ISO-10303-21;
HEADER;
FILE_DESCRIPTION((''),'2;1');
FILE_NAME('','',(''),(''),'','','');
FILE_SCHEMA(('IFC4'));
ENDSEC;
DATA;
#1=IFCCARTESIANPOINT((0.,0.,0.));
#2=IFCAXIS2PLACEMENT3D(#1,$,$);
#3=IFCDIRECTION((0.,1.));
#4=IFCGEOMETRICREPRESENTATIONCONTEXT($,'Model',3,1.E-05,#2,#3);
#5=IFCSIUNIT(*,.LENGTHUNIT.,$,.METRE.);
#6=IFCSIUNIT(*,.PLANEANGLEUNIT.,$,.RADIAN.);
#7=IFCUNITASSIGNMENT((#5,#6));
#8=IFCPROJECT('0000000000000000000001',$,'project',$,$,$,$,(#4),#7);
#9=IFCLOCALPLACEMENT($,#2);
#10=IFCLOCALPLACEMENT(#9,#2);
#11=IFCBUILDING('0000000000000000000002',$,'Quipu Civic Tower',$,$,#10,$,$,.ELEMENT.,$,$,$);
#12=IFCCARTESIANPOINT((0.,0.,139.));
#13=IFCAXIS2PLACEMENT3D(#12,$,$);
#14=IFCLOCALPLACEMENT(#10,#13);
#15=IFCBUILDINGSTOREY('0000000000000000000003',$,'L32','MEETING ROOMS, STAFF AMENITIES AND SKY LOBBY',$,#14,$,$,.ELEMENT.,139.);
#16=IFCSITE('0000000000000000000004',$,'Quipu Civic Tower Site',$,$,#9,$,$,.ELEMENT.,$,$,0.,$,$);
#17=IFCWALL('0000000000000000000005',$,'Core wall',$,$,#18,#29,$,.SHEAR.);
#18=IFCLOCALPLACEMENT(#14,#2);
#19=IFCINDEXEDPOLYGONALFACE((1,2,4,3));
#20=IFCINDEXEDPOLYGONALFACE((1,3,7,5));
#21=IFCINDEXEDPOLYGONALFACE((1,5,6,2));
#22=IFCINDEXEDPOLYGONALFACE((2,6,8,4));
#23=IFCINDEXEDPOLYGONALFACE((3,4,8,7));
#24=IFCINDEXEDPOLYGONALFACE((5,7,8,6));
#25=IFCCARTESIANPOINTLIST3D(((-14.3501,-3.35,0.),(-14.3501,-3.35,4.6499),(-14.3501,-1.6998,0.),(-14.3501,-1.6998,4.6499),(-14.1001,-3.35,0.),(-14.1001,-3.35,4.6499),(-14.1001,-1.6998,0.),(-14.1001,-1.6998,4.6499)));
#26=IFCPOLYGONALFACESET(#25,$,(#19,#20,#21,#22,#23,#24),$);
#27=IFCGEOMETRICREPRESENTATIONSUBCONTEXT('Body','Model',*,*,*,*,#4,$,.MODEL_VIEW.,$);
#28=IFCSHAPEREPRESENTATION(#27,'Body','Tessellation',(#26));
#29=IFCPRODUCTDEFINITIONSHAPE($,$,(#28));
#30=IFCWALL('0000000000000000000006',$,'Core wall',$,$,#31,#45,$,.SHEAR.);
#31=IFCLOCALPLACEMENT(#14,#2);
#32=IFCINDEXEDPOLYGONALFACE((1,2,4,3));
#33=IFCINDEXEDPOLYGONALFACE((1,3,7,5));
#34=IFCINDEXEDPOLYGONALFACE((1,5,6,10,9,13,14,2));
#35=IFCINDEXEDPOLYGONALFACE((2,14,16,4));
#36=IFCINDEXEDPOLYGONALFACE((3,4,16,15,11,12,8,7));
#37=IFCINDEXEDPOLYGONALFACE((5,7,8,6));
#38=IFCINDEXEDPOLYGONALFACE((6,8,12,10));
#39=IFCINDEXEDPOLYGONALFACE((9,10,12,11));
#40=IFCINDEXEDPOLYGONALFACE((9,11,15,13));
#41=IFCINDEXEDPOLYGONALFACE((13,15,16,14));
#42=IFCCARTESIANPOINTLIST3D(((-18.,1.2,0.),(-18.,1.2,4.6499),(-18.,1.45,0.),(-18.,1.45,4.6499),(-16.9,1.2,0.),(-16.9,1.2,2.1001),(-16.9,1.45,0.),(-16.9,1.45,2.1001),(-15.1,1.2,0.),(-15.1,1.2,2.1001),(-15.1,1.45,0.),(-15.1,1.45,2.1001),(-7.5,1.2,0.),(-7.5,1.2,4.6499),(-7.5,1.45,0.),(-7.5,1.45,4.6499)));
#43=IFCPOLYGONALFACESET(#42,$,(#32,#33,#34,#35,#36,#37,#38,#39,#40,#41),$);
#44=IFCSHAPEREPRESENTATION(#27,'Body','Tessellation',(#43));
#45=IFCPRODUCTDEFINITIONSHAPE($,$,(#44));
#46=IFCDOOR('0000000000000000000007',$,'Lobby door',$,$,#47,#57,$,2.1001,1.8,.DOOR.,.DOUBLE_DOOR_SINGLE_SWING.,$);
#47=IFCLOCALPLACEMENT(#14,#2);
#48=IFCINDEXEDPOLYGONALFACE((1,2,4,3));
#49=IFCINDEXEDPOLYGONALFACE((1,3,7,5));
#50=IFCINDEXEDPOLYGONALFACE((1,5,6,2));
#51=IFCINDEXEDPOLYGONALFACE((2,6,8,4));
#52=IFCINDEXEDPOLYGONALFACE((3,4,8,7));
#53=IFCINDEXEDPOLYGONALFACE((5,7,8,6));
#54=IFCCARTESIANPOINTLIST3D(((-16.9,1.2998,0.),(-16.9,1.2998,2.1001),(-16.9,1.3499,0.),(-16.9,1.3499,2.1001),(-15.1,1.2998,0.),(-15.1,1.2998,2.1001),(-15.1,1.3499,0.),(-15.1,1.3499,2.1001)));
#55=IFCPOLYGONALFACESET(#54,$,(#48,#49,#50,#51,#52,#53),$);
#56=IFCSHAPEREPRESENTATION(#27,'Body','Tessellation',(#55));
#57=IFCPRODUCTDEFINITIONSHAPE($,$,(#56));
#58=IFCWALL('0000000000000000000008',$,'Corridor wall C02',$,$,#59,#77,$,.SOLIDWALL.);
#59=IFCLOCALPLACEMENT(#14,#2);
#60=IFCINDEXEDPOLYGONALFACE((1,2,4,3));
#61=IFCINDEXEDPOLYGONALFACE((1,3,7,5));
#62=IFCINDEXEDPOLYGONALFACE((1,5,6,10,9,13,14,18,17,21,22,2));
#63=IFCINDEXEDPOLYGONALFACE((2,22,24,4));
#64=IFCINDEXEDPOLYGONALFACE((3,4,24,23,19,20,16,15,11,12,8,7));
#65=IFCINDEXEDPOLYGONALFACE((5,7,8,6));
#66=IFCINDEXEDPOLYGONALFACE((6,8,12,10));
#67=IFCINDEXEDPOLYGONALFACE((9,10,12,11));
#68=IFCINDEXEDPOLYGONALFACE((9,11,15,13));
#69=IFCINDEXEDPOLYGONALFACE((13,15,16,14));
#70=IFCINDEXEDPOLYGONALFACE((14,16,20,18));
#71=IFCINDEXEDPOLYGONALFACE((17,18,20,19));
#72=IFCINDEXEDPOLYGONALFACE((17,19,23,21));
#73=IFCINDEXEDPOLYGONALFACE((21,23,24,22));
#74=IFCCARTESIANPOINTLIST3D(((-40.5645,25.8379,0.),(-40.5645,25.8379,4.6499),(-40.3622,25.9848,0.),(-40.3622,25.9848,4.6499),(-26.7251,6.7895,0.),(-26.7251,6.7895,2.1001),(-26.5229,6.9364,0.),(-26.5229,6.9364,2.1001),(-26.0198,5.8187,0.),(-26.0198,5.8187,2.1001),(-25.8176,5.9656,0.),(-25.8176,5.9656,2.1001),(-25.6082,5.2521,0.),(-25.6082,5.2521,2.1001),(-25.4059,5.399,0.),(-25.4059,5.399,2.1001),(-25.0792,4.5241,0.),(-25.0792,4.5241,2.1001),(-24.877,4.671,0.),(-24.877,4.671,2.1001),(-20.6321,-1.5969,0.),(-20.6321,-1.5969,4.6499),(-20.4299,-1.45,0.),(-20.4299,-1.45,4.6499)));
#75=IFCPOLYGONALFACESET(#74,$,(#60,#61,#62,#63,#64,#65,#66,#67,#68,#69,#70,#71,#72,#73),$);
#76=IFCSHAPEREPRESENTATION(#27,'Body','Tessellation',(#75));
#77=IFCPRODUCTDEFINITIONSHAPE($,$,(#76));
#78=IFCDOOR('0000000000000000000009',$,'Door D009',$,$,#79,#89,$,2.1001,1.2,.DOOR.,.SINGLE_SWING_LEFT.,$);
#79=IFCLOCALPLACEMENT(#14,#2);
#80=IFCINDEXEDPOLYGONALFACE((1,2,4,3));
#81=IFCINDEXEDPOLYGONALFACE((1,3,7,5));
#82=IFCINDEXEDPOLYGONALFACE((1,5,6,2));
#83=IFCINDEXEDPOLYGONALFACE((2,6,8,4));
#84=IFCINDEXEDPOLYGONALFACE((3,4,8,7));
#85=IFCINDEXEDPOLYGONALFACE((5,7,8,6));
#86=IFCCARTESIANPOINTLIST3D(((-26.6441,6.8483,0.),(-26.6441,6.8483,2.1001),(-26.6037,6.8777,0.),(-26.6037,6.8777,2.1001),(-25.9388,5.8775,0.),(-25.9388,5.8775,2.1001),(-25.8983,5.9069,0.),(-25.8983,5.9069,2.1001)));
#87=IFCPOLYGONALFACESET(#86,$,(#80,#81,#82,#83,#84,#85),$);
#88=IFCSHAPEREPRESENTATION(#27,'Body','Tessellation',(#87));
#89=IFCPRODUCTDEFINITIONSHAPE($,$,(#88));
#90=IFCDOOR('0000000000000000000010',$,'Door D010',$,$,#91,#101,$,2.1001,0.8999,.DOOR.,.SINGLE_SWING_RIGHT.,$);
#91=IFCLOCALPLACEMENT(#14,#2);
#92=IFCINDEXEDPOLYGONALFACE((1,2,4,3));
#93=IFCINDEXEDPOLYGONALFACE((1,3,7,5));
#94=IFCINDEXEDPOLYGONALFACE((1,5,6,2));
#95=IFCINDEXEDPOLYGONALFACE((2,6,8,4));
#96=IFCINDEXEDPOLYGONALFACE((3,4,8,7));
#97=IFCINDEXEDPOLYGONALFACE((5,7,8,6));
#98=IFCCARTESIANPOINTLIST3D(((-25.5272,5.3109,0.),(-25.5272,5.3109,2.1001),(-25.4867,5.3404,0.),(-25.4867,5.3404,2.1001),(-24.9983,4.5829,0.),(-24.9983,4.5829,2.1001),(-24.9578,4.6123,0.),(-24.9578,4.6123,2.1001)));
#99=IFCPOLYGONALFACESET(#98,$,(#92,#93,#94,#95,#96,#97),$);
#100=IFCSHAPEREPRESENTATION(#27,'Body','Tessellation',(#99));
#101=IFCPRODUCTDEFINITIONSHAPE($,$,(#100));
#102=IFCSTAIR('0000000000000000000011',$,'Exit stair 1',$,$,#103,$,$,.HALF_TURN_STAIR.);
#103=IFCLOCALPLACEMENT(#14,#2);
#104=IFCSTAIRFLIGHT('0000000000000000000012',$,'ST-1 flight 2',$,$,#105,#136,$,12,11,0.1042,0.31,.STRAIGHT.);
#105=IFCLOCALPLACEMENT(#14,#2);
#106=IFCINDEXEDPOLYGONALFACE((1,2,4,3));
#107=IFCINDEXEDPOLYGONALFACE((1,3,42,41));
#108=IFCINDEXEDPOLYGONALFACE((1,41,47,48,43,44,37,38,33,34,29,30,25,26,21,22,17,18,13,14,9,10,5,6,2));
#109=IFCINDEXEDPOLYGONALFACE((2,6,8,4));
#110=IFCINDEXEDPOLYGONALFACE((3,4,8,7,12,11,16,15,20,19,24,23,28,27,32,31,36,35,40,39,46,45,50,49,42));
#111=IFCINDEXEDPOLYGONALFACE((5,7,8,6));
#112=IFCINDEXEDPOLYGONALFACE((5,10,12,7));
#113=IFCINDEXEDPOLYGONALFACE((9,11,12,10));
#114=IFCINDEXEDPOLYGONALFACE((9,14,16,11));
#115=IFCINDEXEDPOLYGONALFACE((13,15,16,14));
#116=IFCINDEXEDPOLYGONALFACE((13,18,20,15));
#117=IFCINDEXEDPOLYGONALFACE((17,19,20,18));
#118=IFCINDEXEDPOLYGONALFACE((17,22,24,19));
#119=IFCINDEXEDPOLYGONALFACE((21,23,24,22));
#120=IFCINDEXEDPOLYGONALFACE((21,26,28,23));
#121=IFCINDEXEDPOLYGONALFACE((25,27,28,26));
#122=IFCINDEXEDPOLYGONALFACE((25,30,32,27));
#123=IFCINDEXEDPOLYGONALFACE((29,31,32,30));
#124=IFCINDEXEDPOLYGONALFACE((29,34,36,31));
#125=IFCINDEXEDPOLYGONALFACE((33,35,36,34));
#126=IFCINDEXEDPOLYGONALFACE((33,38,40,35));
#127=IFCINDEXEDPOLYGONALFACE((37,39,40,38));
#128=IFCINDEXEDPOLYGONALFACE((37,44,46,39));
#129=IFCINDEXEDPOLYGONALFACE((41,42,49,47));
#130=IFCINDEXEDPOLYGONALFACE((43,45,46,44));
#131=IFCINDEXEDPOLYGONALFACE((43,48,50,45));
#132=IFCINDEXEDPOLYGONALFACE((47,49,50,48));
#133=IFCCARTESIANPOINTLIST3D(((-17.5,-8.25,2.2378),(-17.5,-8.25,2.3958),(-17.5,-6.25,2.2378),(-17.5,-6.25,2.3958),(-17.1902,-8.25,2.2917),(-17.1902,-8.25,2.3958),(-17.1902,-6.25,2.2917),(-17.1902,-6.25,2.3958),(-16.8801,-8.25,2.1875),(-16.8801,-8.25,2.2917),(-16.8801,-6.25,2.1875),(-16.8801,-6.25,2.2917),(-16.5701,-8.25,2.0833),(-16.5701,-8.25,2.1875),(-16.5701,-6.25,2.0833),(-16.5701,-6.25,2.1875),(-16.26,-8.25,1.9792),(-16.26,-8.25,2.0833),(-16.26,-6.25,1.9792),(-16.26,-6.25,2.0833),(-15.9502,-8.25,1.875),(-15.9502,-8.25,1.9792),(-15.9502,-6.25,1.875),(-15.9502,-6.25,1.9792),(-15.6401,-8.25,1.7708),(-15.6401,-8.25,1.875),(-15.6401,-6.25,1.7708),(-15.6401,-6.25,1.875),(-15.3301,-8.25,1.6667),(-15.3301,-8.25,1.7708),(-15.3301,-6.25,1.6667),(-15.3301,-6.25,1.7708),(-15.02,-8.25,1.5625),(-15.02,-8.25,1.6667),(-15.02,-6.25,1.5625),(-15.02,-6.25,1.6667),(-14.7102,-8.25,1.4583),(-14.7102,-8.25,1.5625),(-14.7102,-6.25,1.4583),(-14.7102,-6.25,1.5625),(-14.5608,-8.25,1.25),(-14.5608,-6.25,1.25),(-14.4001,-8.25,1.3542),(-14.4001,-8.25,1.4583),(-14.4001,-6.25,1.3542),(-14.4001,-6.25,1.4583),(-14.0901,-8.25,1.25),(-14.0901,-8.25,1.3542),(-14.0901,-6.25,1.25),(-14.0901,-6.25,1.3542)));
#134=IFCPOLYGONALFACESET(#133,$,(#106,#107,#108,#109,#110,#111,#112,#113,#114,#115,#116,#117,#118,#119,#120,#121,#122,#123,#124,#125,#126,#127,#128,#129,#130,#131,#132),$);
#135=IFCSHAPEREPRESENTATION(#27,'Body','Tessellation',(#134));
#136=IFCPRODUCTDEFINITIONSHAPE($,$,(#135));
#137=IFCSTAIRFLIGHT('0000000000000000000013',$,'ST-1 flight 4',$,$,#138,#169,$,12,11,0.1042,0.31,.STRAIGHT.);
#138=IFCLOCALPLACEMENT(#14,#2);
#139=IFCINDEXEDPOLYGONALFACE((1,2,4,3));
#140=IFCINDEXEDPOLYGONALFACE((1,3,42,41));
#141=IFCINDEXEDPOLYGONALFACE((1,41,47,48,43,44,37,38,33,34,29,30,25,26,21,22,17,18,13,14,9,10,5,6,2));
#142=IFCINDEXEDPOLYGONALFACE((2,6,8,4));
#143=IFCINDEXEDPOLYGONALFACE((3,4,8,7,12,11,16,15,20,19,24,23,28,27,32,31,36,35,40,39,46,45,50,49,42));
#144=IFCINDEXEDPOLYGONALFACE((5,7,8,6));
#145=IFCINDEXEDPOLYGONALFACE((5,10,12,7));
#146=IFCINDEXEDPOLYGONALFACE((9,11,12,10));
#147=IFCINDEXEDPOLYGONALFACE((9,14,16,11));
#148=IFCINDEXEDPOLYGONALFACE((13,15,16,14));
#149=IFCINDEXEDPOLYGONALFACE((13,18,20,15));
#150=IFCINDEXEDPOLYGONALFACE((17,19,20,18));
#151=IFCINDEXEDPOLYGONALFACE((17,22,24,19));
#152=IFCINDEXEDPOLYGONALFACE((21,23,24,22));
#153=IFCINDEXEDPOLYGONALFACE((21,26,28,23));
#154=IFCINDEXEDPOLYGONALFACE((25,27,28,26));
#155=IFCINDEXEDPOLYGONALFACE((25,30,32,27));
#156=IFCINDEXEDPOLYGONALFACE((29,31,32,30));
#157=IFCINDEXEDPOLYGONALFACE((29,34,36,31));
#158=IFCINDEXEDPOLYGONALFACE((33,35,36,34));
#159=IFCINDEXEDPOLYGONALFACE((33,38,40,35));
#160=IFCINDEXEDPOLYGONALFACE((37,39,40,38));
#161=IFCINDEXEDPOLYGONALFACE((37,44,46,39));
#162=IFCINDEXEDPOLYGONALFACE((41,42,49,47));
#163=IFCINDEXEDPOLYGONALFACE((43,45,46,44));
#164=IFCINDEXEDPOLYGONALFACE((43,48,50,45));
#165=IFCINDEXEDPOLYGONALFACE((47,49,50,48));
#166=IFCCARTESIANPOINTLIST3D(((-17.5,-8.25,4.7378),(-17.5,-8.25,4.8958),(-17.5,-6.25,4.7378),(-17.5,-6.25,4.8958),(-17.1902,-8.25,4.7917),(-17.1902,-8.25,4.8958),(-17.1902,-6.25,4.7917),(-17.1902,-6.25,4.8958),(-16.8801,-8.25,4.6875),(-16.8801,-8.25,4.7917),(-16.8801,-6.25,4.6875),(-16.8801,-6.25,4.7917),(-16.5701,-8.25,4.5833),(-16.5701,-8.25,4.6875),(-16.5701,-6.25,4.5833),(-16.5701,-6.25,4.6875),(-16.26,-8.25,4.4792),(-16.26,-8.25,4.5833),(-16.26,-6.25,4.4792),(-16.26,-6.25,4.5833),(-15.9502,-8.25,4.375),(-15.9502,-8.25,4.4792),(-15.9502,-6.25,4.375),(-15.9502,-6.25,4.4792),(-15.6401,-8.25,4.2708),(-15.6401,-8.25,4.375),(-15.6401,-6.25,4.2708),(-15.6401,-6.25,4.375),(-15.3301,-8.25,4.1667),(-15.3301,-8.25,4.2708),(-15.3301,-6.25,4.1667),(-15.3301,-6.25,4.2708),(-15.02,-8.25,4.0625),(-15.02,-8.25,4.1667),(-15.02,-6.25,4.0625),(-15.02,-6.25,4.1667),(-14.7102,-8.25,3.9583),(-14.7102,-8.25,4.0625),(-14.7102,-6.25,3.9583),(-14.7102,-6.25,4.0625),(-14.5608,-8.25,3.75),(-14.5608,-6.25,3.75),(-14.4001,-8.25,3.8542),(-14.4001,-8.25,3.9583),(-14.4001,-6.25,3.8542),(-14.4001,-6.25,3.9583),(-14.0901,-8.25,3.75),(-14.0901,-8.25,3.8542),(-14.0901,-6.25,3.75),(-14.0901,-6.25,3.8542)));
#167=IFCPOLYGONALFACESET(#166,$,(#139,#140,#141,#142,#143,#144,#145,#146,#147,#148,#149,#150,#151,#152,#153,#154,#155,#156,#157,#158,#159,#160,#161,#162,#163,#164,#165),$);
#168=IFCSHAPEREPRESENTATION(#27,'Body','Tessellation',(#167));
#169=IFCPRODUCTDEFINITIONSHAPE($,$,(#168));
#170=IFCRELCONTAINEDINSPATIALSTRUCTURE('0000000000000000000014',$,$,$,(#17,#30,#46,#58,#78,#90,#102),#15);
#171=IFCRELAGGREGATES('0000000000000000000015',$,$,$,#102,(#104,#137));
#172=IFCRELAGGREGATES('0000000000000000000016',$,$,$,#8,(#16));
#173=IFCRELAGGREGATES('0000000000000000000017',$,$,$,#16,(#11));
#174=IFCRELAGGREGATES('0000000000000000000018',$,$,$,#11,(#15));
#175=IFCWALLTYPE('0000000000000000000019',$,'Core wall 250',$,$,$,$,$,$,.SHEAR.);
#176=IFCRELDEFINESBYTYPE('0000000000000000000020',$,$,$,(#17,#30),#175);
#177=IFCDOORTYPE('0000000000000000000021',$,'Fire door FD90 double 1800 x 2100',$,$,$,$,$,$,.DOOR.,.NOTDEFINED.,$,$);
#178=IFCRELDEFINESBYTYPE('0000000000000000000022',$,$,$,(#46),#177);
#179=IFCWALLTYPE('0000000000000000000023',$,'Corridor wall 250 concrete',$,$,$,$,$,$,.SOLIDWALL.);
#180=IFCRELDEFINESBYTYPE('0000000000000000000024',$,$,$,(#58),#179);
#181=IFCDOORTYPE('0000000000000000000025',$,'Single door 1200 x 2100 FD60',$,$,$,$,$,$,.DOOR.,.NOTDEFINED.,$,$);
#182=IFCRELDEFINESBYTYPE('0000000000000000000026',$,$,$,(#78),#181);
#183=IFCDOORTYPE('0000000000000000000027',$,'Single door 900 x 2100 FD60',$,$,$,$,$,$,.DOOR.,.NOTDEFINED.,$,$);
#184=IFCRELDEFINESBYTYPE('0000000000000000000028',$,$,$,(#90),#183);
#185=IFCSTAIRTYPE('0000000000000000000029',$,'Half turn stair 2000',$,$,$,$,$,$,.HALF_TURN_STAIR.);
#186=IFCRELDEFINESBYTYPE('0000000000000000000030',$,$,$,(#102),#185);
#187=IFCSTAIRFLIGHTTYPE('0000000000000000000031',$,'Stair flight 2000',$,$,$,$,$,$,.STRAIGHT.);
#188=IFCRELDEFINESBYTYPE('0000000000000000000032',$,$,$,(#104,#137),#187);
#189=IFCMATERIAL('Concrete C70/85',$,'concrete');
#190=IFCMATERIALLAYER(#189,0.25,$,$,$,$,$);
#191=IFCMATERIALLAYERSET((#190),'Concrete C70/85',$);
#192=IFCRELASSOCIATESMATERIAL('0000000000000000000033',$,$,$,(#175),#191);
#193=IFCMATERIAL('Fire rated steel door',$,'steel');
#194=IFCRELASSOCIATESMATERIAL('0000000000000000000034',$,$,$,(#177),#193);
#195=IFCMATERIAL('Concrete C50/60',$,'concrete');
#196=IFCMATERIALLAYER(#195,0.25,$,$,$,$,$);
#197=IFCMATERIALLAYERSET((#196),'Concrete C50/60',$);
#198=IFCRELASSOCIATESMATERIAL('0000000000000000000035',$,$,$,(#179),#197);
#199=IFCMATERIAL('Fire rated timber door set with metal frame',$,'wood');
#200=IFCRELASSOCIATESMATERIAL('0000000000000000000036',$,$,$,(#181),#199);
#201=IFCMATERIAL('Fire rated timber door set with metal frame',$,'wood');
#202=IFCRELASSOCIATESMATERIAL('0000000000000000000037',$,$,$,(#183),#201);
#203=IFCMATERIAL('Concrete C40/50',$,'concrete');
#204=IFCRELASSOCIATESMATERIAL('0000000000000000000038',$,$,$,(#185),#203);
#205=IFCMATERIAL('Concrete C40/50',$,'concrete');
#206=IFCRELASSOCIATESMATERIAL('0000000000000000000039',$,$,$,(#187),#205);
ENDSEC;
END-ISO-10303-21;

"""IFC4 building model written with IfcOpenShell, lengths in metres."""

from ifc_helpers import new_model, si_unit, direction, frame, frame_2d, origin, place, context, subcontext, project, spatial, polyline, rectangle, outline, extrude, material, layer, layer_set, type_object, element, fill, aggregate, save


model = new_model("IFC4")

# Units and contexts
model_context = context("Model", 3, precision=1e-05, world=origin(), true_north=direction((0.0, 1.0)))
body_context = subcontext(model_context, "Body", "Model", "MODEL_VIEW")
ifc_project = project(units=[si_unit("LENGTHUNIT", "METRE"), si_unit("PLANEANGLEUNIT", "RADIAN")], contexts=[model_context])

# Site, building, storey
site_placement = place(None, origin())
site = spatial("IfcSite", under=ifc_project, at=site_placement, Name="Quipu Civic Tower Site", CompositionType="ELEMENT", RefElevation=0.0)
building_placement = place(site_placement, origin())
building = spatial("IfcBuilding", under=site, at=building_placement, Name="Quipu Civic Tower", CompositionType="ELEMENT")
storey_placement = place(building_placement, frame((0.0, 0.0, 139.0)))
storey = spatial("IfcBuildingStorey", under=building, at=storey_placement, Name="L32", Description="MEETING ROOMS, STAFF AMENITIES AND SKY LOBBY", CompositionType="ELEMENT", Elevation=139.0)

# Shared definitions
ifc_material_1 = material(Name="Concrete C70/85", Category="concrete")
ifc_layer_1 = layer(ifc_material_1, 0.25)
ifc_layer_set_1 = layer_set([ifc_layer_1], Name="Concrete C70/85")
wall_type_1 = type_object("IfcWallType", Name="Core wall 250", PredefinedType="SHEAR", material=ifc_layer_set_1)

# Wall
wall_1_placement = place(storey_placement, frame((-14.2251, -3.3501, 0.0), z_axis=(0.0, 0.0, 1.0), x_axis=(0.0, 1.0, 0.0)))
element("IfcWall", 1, at=wall_1_placement, inside=storey, type_object=wall_type_1, Name="Core wall", PredefinedType="SHEAR", context=body_context, shape_type="SweptSolid", body=[
    extrude(rectangle(XDim=1.6501, YDim=0.25, at=frame_2d((0.8252, 0.0))), origin(), (0.0, 0.0, 1.0), 4.6499),
])

# Wall, opening, door
wall_2_placement = place(storey_placement, frame((-18.0, 1.325, 0.0), z_axis=(0.0, 0.0, 1.0), x_axis=(1.0, 0.0, 0.0)))
wall_2 = element("IfcWall", 2, at=wall_2_placement, inside=storey, type_object=wall_type_1, Name="Core wall", PredefinedType="SHEAR", context=body_context, shape_type="SweptSolid", body=[
    extrude(rectangle(XDim=10.5, YDim=0.25, at=frame_2d((5.25, 0.0))), origin(), (0.0, 0.0, 1.0), 4.6499),
])
opening_1_placement = place(wall_2_placement, frame((1.1001, 0.0, 0.0)))
opening_1 = element("IfcOpeningElement", 3, at=opening_1_placement, cuts=wall_2, PredefinedType="OPENING", context=body_context, shape_type="SweptSolid", body=[
    extrude(rectangle(XDim=1.8, YDim=2.1001, at=frame_2d((0.8999, 1.05))), frame((0.0, 0.135, 0.0), z_axis=(0.0, -1.0, 0.0), x_axis=(1.0, 0.0, 0.0)), (0.0, 0.0, 1.0), 0.27),
])
ifc_material_2 = material(Name="Fire rated steel door", Category="steel")
door_type_1 = type_object("IfcDoorType", Name="Fire door FD90 double 1800 x 2100", OperationType="NOTDEFINED", PredefinedType="DOOR", material=ifc_material_2)
door_1_placement = place(opening_1_placement, origin())
door_1 = element("IfcDoor", 4, at=door_1_placement, inside=storey, type_object=door_type_1, Name="Lobby door", OperationType="DOUBLE_DOOR_SINGLE_SWING", OverallHeight=2.1001, OverallWidth=1.8, PredefinedType="DOOR", context=body_context, shape_type="SweptSolid", body=[
    extrude(rectangle(XDim=1.8, YDim=2.1001, at=frame_2d((0.8999, 1.05))), frame((0.0, 0.0249, 0.0), z_axis=(0.0, -1.0, 0.0), x_axis=(1.0, 0.0, 0.0)), (0.0, 0.0, 1.0), 0.05),
])
fill(opening_1, door_1)

# Wall, openings, doors
ifc_material_3 = material(Name="Concrete C50/60", Category="concrete")
ifc_layer_2 = layer(ifc_material_3, 0.25)
ifc_layer_set_2 = layer_set([ifc_layer_2], Name="Concrete C50/60")
wall_type_2 = type_object("IfcWallType", Name="Corridor wall 250 concrete", PredefinedType="SOLIDWALL", material=ifc_layer_set_2)
wall_3_placement = place(storey_placement, frame((-20.531, -1.5234, 0.0), z_axis=(0.0, 0.0, 1.0), x_axis=(-0.587782, 0.80902, 0.0)))
wall_3 = element("IfcWall", 5, at=wall_3_placement, inside=storey, type_object=wall_type_2, Name="Corridor wall C02", PredefinedType="SOLIDWALL", context=body_context, shape_type="SweptSolid", body=[
    extrude(rectangle(XDim=33.9111, YDim=0.25, at=frame_2d((16.9556, 0.0))), origin(), (0.0, 0.0, 1.0), 4.6499),
])
opening_2_placement = place(wall_3_placement, frame((9.166, 0.0, 0.0)))
opening_2 = element("IfcOpeningElement", 6, at=opening_2_placement, cuts=wall_3, PredefinedType="OPENING", context=body_context, shape_type="SweptSolid", body=[
    extrude(rectangle(XDim=1.2, YDim=2.1001, at=frame_2d((0.6001, 1.05))), frame((0.0, 0.135, 0.0), z_axis=(0.0, -1.0, 0.0), x_axis=(1.0, 0.0, 0.0)), (0.0, 0.0, 1.0), 0.27),
])
opening_3_placement = place(wall_3_placement, frame((7.5659, 0.0, 0.0)))
opening_3 = element("IfcOpeningElement", 7, at=opening_3_placement, cuts=wall_3, PredefinedType="OPENING", context=body_context, shape_type="SweptSolid", body=[
    extrude(rectangle(XDim=0.8999, YDim=2.1001, at=frame_2d((0.45, 1.05))), frame((0.0, 0.135, 0.0), z_axis=(0.0, -1.0, 0.0), x_axis=(1.0, 0.0, 0.0)), (0.0, 0.0, 1.0), 0.27),
])
ifc_material_4 = material(Name="Fire rated timber door set with metal frame", Category="wood")
door_type_2 = type_object("IfcDoorType", Name="Single door 1200 x 2100 FD60", OperationType="NOTDEFINED", PredefinedType="DOOR", material=ifc_material_4)
door_2_placement = place(opening_2_placement, origin())
door_2 = element("IfcDoor", 8, at=door_2_placement, inside=storey, type_object=door_type_2, Name="Door D009", OperationType="SINGLE_SWING_LEFT", OverallHeight=2.1001, OverallWidth=1.2, PredefinedType="DOOR", context=body_context, shape_type="SweptSolid", body=[
    extrude(rectangle(XDim=1.2, YDim=2.1001, at=frame_2d((0.6001, 1.05))), frame((0.0, 0.0249, 0.0), z_axis=(0.0, -1.0, 0.0), x_axis=(1.0, 0.0, 0.0)), (0.0, 0.0, 1.0), 0.05),
])
fill(opening_2, door_2)
ifc_material_5 = material(Name="Fire rated timber door set with metal frame", Category="wood")
door_type_3 = type_object("IfcDoorType", Name="Single door 900 x 2100 FD60", OperationType="NOTDEFINED", PredefinedType="DOOR", material=ifc_material_5)
door_3_placement = place(opening_3_placement, origin())
door_3 = element("IfcDoor", 9, at=door_3_placement, inside=storey, type_object=door_type_3, Name="Door D010", OperationType="SINGLE_SWING_RIGHT", OverallHeight=2.1001, OverallWidth=0.8999, PredefinedType="DOOR", context=body_context, shape_type="SweptSolid", body=[
    extrude(rectangle(XDim=0.8999, YDim=2.1001, at=frame_2d((0.45, 1.05))), frame((0.0, 0.0249, 0.0), z_axis=(0.0, -1.0, 0.0), x_axis=(1.0, 0.0, 0.0)), (0.0, 0.0, 1.0), 0.05),
])
fill(opening_3, door_3)

# Stair, stair flights
ifc_material_6 = material(Name="Concrete C40/50", Category="concrete")
stair_type = type_object("IfcStairType", Name="Half turn stair 2000", PredefinedType="HALF_TURN_STAIR", material=ifc_material_6)
stair_placement = place(storey_placement, origin())
stair = element("IfcStair", 10, at=stair_placement, inside=storey, type_object=stair_type, Name="Exit stair 1", PredefinedType="HALF_TURN_STAIR")
ifc_material_7 = material(Name="Concrete C40/50", Category="concrete")
stair_flight_type = type_object("IfcStairFlightType", Name="Stair flight 2000", PredefinedType="STRAIGHT", material=ifc_material_7)
stair_flight_1_placement = place(storey_placement, frame((-14.0901, -7.25, 1.25), z_axis=(0.0, 0.0, 1.0), x_axis=(-1.0, 0.0, 0.0)))
stair_flight_1 = element("IfcStairFlight", 11, at=stair_flight_1_placement, type_object=stair_flight_type, Name="ST-1 flight 2", NumberOfRisers=12, NumberOfTreads=11, PredefinedType="STRAIGHT", RiserHeight=0.1042, TreadLength=0.31, context=body_context, shape_type="SweptSolid", body=[
    extrude(outline(polyline([(0.0, 0.0), (0.0, 0.1042), (0.3101, 0.1042), (0.3101, 0.2083), (0.6201, 0.2083), (0.6201, 0.3125), (0.9299, 0.3125), (0.9299, 0.4167), (1.24, 0.4167), (1.24, 0.5208), (1.55, 0.5208), (1.55, 0.625), (1.8601, 0.625), (1.8601, 0.7292), (2.1699, 0.7292), (2.1699, 0.8333), (2.48, 0.8333), (2.48, 0.9375), (2.79, 0.9375), (2.79, 1.0417), (3.1001, 1.0417), (3.1001, 1.1458), (3.4099, 1.1458), (3.4099, 1.25), (3.4099, 0.9878), (0.4707, 0.0), (0.0, 0.0)])), frame((0.0, 1.0, 0.0), z_axis=(0.0, -1.0, 0.0), x_axis=(1.0, 0.0, 0.0)), (0.0, 0.0, 1.0), 2.0),
])
stair_flight_2_placement = place(storey_placement, frame((-14.0901, -7.25, 3.75), z_axis=(0.0, 0.0, 1.0), x_axis=(-1.0, 0.0, 0.0)))
stair_flight_2 = element("IfcStairFlight", 12, at=stair_flight_2_placement, type_object=stair_flight_type, Name="ST-1 flight 4", NumberOfRisers=12, NumberOfTreads=11, PredefinedType="STRAIGHT", RiserHeight=0.1042, TreadLength=0.31, context=body_context, shape_type="SweptSolid", body=[
    extrude(outline(polyline([(0.0, 0.0), (0.0, 0.1042), (0.3101, 0.1042), (0.3101, 0.2083), (0.6201, 0.2083), (0.6201, 0.3125), (0.9299, 0.3125), (0.9299, 0.4167), (1.24, 0.4167), (1.24, 0.5208), (1.55, 0.5208), (1.55, 0.625), (1.8601, 0.625), (1.8601, 0.7292), (2.1699, 0.7292), (2.1699, 0.8333), (2.48, 0.8333), (2.48, 0.9375), (2.79, 0.9375), (2.79, 1.0417), (3.1001, 1.0417), (3.1001, 1.1458), (3.4099, 1.1458), (3.4099, 1.25), (3.4099, 0.9878), (0.4707, 0.0), (0.0, 0.0)])), frame((0.0, 1.0, 0.0), z_axis=(0.0, -1.0, 0.0), x_axis=(1.0, 0.0, 0.0)), (0.0, 0.0, 1.0), 2.0),
])
aggregate(stair, [stair_flight_1, stair_flight_2])

save(model, "model.ifc")
